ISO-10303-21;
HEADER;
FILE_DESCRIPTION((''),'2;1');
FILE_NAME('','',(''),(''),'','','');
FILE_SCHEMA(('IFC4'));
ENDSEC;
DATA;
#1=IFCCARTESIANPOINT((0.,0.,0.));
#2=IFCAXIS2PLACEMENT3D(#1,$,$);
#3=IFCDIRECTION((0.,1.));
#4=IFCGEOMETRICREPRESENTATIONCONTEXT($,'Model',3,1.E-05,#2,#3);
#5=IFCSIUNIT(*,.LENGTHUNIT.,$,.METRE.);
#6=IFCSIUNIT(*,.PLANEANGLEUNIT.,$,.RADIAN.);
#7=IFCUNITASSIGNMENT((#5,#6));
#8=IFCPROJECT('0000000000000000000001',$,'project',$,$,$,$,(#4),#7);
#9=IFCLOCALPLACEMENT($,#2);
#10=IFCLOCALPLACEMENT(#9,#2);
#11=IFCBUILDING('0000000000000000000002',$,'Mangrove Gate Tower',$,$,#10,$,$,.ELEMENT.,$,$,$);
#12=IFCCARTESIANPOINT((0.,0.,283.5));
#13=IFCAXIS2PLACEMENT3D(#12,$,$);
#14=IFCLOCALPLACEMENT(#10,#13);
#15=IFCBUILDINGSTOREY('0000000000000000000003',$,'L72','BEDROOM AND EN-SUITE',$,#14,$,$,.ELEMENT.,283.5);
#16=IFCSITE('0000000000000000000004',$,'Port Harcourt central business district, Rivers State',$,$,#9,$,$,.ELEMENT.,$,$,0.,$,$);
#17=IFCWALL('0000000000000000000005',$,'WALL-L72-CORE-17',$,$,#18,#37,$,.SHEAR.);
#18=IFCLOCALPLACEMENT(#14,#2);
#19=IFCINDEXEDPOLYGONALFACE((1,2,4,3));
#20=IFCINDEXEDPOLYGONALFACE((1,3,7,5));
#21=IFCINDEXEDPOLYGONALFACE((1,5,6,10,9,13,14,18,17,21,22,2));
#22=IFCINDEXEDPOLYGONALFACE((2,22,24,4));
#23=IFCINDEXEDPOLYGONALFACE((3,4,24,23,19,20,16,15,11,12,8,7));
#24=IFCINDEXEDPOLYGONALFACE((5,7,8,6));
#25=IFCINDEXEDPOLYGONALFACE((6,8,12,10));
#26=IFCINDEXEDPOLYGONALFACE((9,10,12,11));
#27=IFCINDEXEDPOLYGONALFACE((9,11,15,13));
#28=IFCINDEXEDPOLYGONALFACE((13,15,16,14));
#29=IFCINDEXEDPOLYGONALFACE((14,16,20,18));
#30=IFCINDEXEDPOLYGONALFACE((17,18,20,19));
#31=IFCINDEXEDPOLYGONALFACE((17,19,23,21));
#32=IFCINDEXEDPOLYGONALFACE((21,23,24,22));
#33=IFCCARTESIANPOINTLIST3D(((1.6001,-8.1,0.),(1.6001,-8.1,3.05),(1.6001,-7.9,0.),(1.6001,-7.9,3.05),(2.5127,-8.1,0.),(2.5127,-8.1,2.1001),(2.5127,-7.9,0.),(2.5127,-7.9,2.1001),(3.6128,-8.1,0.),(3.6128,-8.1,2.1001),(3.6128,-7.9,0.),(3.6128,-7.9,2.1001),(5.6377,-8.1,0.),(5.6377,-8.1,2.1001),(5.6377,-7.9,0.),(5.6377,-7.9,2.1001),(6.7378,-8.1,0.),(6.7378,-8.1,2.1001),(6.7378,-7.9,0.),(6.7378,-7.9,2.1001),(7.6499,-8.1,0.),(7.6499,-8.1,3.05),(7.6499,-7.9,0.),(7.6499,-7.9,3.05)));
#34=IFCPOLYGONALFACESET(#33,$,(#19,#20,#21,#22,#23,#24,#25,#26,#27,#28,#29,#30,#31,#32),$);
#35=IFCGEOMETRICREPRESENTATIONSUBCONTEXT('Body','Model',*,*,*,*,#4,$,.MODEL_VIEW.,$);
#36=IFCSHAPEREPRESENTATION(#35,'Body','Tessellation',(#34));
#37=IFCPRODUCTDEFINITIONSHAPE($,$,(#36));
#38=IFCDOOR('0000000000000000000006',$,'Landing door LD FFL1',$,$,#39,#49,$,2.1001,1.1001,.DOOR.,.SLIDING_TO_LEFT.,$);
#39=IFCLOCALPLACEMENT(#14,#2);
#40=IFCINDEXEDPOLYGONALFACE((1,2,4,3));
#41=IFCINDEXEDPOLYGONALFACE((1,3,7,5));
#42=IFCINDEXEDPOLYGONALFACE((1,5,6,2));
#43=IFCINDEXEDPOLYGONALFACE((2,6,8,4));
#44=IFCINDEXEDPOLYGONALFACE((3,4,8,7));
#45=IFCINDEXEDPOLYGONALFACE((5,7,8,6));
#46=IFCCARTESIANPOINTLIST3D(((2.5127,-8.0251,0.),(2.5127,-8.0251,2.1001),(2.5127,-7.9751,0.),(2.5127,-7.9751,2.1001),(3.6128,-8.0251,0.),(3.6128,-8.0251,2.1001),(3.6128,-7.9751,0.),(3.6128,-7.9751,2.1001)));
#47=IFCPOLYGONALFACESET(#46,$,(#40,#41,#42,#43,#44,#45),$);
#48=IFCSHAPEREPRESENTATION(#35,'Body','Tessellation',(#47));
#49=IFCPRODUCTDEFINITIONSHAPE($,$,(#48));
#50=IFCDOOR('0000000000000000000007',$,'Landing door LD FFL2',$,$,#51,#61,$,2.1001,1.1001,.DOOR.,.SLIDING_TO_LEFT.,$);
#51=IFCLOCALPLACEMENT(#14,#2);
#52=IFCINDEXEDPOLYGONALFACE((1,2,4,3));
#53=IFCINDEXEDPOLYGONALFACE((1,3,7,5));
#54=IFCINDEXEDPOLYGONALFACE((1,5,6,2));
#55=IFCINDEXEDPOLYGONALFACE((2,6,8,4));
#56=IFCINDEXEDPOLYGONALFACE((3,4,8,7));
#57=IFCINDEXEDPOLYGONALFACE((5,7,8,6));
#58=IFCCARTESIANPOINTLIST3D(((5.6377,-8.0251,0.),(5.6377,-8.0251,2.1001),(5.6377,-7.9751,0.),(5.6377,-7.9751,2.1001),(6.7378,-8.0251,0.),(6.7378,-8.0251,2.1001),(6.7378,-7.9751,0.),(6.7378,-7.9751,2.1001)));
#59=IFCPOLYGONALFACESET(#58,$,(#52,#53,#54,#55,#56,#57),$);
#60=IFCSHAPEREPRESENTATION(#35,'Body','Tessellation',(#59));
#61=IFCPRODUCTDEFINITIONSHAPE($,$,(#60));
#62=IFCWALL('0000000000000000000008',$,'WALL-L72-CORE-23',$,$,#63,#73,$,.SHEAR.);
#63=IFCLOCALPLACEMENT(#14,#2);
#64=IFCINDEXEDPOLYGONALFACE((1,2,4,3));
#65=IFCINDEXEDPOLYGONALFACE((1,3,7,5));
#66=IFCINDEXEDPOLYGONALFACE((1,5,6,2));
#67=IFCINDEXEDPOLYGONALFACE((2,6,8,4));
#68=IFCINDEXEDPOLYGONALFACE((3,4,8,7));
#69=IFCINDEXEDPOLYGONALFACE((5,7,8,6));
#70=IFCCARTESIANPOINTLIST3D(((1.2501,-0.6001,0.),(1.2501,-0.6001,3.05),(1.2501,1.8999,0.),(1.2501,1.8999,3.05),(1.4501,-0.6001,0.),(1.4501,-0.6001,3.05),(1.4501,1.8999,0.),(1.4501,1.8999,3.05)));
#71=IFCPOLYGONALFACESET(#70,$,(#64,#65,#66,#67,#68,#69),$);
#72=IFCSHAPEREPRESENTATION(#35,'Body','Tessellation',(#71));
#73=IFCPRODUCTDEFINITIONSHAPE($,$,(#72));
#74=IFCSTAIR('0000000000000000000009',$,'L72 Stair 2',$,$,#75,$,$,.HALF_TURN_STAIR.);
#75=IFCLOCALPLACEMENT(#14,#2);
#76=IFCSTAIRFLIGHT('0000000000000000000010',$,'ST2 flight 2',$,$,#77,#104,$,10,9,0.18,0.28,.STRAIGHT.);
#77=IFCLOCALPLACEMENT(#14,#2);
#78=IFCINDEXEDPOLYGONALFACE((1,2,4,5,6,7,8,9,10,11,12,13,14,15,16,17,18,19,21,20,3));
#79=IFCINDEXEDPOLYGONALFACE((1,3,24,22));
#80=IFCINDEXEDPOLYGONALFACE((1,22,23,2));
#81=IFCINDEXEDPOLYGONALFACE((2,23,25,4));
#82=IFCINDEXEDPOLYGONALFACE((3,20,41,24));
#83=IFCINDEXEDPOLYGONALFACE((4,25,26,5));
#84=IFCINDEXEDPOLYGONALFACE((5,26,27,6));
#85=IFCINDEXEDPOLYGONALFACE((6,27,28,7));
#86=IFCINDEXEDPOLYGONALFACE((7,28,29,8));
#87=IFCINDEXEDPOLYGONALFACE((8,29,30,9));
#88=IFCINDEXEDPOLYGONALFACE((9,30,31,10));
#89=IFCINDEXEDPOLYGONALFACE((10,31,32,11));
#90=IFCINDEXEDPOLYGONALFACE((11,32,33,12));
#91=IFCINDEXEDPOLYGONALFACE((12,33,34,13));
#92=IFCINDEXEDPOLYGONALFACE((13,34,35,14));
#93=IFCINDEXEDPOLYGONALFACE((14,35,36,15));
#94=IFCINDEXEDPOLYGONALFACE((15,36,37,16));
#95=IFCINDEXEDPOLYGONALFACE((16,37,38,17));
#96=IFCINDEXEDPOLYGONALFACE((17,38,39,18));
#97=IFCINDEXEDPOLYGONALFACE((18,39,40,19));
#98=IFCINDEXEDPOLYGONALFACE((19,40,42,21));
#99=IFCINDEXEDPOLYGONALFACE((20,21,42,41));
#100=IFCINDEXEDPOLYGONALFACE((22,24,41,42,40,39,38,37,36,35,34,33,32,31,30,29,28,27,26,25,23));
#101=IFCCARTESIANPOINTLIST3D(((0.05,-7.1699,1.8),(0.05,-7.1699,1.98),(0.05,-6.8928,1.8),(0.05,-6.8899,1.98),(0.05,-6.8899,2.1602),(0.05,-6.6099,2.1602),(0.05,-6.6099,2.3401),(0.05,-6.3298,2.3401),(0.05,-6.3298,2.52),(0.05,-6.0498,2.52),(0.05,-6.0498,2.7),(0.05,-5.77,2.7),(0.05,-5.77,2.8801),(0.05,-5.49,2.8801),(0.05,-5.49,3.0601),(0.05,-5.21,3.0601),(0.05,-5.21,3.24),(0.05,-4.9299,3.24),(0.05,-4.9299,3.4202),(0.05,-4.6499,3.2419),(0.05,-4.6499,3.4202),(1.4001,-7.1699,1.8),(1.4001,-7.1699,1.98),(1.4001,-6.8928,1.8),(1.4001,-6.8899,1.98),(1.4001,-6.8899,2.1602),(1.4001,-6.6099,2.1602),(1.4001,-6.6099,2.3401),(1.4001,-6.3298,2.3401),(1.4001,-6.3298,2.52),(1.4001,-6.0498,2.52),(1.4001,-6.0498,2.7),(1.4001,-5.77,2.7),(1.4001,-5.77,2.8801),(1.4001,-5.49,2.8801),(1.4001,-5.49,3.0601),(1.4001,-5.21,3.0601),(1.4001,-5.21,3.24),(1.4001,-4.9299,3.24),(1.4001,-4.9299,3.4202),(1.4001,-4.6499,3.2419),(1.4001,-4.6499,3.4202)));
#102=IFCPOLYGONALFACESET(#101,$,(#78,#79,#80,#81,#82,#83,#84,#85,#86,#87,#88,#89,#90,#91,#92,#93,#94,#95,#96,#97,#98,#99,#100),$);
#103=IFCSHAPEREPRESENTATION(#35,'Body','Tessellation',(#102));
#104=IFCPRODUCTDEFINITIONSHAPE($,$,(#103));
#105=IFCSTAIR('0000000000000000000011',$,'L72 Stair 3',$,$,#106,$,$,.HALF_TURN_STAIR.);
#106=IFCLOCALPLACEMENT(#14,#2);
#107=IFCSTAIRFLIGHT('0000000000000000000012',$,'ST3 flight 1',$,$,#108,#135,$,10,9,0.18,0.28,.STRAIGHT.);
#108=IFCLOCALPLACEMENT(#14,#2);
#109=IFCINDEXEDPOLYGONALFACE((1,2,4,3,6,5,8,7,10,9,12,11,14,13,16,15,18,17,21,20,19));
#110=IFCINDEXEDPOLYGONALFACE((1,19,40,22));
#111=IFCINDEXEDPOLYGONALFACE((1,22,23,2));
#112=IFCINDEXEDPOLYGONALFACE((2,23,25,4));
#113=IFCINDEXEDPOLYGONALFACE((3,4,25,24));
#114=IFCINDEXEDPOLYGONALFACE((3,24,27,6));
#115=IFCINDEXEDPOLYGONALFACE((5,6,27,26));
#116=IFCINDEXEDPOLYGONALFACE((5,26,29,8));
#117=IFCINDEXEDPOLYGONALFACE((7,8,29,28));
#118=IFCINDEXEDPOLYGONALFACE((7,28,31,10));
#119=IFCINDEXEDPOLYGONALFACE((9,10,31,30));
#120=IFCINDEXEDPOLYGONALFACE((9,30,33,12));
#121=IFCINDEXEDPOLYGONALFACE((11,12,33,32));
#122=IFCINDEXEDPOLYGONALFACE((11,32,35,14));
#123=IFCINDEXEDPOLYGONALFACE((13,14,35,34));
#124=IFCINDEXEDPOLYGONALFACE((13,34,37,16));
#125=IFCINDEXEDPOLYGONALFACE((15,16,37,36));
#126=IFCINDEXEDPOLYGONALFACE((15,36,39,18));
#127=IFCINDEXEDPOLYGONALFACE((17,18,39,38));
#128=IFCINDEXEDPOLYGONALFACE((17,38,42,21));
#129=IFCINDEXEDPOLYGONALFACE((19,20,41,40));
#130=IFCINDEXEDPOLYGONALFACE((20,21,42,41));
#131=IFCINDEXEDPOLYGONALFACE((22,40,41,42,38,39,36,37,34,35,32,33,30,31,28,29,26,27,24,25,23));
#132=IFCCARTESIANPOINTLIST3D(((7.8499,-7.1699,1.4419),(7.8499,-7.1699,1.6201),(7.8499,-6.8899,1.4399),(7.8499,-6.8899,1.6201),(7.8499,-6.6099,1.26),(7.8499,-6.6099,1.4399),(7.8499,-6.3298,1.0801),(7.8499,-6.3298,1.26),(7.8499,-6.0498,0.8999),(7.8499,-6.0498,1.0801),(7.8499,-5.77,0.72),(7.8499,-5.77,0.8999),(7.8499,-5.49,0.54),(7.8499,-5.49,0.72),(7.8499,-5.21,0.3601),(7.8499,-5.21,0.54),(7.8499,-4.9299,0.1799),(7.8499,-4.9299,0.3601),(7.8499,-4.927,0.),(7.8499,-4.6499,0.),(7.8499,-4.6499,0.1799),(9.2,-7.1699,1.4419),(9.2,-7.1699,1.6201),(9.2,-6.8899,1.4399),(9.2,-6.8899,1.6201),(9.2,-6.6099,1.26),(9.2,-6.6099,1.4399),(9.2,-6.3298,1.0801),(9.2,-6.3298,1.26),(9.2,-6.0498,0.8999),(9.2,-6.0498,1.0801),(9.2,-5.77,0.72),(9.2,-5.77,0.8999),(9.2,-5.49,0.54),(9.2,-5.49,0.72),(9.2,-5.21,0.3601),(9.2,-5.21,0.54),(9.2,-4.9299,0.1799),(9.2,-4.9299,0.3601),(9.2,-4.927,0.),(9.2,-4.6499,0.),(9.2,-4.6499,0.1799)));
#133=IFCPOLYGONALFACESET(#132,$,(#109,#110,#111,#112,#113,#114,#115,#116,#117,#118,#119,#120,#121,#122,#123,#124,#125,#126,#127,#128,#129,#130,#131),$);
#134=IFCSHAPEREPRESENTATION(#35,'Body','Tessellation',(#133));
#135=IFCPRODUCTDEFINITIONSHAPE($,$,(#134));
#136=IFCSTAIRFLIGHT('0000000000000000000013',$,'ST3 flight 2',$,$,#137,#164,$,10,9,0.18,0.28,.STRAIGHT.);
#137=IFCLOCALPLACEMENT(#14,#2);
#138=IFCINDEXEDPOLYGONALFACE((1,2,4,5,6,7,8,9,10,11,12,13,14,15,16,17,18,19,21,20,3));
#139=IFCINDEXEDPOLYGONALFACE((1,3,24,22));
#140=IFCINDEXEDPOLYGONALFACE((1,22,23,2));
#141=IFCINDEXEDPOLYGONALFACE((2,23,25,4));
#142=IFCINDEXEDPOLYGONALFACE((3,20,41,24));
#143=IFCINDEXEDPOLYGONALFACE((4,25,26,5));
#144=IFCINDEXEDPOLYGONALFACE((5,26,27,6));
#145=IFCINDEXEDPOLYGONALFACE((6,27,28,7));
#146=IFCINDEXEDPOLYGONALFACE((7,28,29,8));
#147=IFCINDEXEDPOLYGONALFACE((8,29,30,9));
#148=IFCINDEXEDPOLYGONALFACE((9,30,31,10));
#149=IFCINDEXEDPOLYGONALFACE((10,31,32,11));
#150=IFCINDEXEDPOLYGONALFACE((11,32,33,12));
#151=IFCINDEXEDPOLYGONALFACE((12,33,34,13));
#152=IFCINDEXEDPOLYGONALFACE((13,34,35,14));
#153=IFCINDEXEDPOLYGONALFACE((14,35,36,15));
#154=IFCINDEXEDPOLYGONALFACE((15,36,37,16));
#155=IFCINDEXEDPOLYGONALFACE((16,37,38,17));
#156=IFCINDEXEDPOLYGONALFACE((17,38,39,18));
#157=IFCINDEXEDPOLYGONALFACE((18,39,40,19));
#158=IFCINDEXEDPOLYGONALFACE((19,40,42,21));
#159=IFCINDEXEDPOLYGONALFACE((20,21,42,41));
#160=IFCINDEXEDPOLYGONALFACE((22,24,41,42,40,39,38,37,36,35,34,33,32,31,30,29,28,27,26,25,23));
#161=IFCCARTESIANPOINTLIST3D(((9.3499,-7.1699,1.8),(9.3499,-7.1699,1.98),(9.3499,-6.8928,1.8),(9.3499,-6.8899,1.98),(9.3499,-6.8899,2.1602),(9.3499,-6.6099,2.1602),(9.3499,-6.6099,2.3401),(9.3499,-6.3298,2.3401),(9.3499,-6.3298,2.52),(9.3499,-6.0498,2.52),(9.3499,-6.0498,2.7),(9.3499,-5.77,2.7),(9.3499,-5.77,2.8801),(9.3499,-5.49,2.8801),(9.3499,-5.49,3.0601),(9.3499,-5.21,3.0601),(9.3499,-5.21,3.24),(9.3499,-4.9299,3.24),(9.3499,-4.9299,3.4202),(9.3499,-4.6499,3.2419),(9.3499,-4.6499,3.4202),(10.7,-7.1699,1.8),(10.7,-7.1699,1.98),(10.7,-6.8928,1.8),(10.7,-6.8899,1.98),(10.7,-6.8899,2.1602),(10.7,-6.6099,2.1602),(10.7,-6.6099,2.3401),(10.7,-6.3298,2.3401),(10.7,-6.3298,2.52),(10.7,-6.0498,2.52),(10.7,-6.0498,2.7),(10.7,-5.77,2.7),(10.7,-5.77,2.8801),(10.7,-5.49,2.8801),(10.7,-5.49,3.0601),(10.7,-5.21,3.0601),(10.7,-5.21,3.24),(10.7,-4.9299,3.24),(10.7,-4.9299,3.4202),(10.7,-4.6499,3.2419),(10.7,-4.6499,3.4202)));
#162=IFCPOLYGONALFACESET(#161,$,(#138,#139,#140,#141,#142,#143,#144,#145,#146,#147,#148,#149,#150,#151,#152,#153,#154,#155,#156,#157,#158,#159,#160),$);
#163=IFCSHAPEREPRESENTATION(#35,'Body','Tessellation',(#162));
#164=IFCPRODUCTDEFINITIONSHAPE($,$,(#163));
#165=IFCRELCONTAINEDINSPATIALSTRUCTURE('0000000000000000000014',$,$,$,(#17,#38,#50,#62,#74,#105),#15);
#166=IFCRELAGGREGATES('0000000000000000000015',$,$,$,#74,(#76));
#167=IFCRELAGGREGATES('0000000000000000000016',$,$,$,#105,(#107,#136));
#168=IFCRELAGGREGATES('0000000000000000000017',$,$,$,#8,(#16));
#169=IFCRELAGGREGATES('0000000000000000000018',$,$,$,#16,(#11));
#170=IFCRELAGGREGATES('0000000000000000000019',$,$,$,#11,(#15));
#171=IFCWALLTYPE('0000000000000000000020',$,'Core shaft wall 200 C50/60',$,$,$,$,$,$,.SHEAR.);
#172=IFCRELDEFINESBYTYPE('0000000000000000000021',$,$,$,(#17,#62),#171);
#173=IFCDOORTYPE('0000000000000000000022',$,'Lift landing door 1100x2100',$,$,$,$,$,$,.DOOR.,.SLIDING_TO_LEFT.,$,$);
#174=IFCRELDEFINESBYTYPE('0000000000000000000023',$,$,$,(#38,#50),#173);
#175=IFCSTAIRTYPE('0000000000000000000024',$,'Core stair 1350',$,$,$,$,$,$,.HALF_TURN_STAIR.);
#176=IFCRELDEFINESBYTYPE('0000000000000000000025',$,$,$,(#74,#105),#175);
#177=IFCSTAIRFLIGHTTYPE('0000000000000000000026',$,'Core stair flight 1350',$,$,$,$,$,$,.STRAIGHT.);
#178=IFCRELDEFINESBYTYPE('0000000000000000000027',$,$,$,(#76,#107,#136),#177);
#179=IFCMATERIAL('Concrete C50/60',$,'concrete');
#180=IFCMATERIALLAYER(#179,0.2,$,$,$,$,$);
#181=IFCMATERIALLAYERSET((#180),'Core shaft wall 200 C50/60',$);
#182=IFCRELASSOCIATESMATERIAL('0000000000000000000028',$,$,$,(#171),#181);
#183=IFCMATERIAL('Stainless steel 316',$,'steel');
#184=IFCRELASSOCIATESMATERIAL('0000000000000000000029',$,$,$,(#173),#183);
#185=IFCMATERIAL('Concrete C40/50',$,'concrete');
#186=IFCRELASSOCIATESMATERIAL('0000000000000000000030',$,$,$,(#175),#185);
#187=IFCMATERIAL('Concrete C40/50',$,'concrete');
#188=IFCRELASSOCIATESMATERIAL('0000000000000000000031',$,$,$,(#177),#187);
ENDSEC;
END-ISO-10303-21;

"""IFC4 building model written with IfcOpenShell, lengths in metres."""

from ifc_helpers import new_model, si_unit, direction, frame, frame_2d, origin, place, context, subcontext, project, spatial, polyline, rectangle, outline, extrude, material, layer, layer_set, type_object, element, fill, aggregate, save


model = new_model("IFC4")

# Units and contexts
model_context = context("Model", 3, precision=1e-05, world=origin(), true_north=direction((0.0, 1.0)))
body_context = subcontext(model_context, "Body", "Model", "MODEL_VIEW")
ifc_project = project(units=[si_unit("LENGTHUNIT", "METRE"), si_unit("PLANEANGLEUNIT", "RADIAN")], contexts=[model_context])

# Site, building, storey
site_placement = place(None, origin())
site = spatial("IfcSite", under=ifc_project, at=site_placement, Name="Port Harcourt central business district, Rivers State", CompositionType="ELEMENT", RefElevation=0.0)
building_placement = place(site_placement, origin())
building = spatial("IfcBuilding", under=site, at=building_placement, Name="Mangrove Gate Tower", CompositionType="ELEMENT")
storey_placement = place(building_placement, frame((0.0, 0.0, 283.5)))
storey = spatial("IfcBuildingStorey", under=building, at=storey_placement, Name="L72", Description="BEDROOM AND EN-SUITE", CompositionType="ELEMENT", Elevation=283.5)

# Wall, openings, doors
ifc_material_1 = material(Name="Concrete C50/60", Category="concrete")
ifc_layer_1 = layer(ifc_material_1, 0.2)
ifc_layer_set_1 = layer_set([ifc_layer_1], Name="Core shaft wall 200 C50/60")
wall_type_1 = type_object("IfcWallType", Name="Core shaft wall 200 C50/60", PredefinedType="SHEAR", material=ifc_layer_set_1)
wall_1_placement = place(storey_placement, frame((1.6001, -8.0, 0.0), z_axis=(0.0, 0.0, 1.0), x_axis=(1.0, 0.0, 0.0)))
wall_1 = element("IfcWall", 1, at=wall_1_placement, inside=storey, type_object=wall_type_1, Name="WALL-L72-CORE-17", PredefinedType="SHEAR", context=body_context, shape_type="SweptSolid", body=[
    extrude(rectangle(XDim=6.0498, YDim=0.2, at=frame_2d((3.0249, 0.0))), origin(), (0.0, 0.0, 1.0), 3.05),
])
opening_1_placement = place(wall_1_placement, frame((0.9126, 0.0, 0.0)))
opening_1 = element("IfcOpeningElement", 2, at=opening_1_placement, cuts=wall_1, PredefinedType="OPENING", context=body_context, shape_type="SweptSolid", body=[
    extrude(rectangle(XDim=1.1001, YDim=2.1001, at=frame_2d((0.55, 1.05))), frame((0.0, 0.1099, 0.0), z_axis=(0.0, -1.0, 0.0), x_axis=(1.0, 0.0, 0.0)), (0.0, 0.0, 1.0), 0.22),
])
opening_2_placement = place(wall_1_placement, frame((4.0376, 0.0, 0.0)))
opening_2 = element("IfcOpeningElement", 3, at=opening_2_placement, cuts=wall_1, PredefinedType="OPENING", context=body_context, shape_type="SweptSolid", body=[
    extrude(rectangle(XDim=1.1001, YDim=2.1001, at=frame_2d((0.55, 1.05))), frame((0.0, 0.1099, 0.0), z_axis=(0.0, -1.0, 0.0), x_axis=(1.0, 0.0, 0.0)), (0.0, 0.0, 1.0), 0.22),
])
ifc_material_2 = material(Name="Stainless steel 316", Category="steel")
door_type_1 = type_object("IfcDoorType", Name="Lift landing door 1100x2100", OperationType="SLIDING_TO_LEFT", PredefinedType="DOOR", material=ifc_material_2)
door_1_placement = place(opening_1_placement, origin())
door_1 = element("IfcDoor", 4, at=door_1_placement, inside=storey, type_object=door_type_1, Name="Landing door LD FFL1", OperationType="SLIDING_TO_LEFT", OverallHeight=2.1001, OverallWidth=1.1001, PredefinedType="DOOR", context=body_context, shape_type="SweptSolid", body=[
    extrude(rectangle(XDim=1.1001, YDim=2.1001, at=frame_2d((0.55, 1.05))), frame((0.0, 0.0249, 0.0), z_axis=(0.0, -1.0, 0.0), x_axis=(1.0, 0.0, 0.0)), (0.0, 0.0, 1.0), 0.05),
])
fill(opening_1, door_1)
door_2_placement = place(opening_2_placement, origin())
door_2 = element("IfcDoor", 5, at=door_2_placement, inside=storey, type_object=door_type_1, Name="Landing door LD FFL2", OperationType="SLIDING_TO_LEFT", OverallHeight=2.1001, OverallWidth=1.1001, PredefinedType="DOOR", context=body_context, shape_type="SweptSolid", body=[
    extrude(rectangle(XDim=1.1001, YDim=2.1001, at=frame_2d((0.55, 1.05))), frame((0.0, 0.0249, 0.0), z_axis=(0.0, -1.0, 0.0), x_axis=(1.0, 0.0, 0.0)), (0.0, 0.0, 1.0), 0.05),
])
fill(opening_2, door_2)

# Wall
wall_2_placement = place(storey_placement, frame((1.3501, -0.6001, 0.0), z_axis=(0.0, 0.0, 1.0), x_axis=(0.0, 1.0, 0.0)))
element("IfcWall", 6, at=wall_2_placement, inside=storey, type_object=wall_type_1, Name="WALL-L72-CORE-23", PredefinedType="SHEAR", context=body_context, shape_type="SweptSolid", body=[
    extrude(rectangle(XDim=2.5, YDim=0.2, at=frame_2d((1.25, 0.0))), origin(), (0.0, 0.0, 1.0), 3.05),
])

# Stair, stair flight
ifc_material_3 = material(Name="Concrete C40/50", Category="concrete")
stair_type = type_object("IfcStairType", Name="Core stair 1350", PredefinedType="HALF_TURN_STAIR", material=ifc_material_3)
stair_1_placement = place(storey_placement, origin())
stair_1 = element("IfcStair", 7, at=stair_1_placement, inside=storey, type_object=stair_type, Name="L72 Stair 2", PredefinedType="HALF_TURN_STAIR")
ifc_material_4 = material(Name="Concrete C40/50", Category="concrete")
stair_flight_type = type_object("IfcStairFlightType", Name="Core stair flight 1350", PredefinedType="STRAIGHT", material=ifc_material_4)
stair_flight_1_placement = place(storey_placement, frame((0.7251, -7.1699, 1.8), z_axis=(0.0, 0.0, 1.0), x_axis=(0.0, 1.0, 0.0)))
stair_flight_1 = element("IfcStairFlight", 8, at=stair_flight_1_placement, type_object=stair_flight_type, Name="ST2 flight 2", NumberOfRisers=10, NumberOfTreads=9, PredefinedType="STRAIGHT", RiserHeight=0.18, TreadLength=0.28, context=body_context, shape_type="SweptSolid", body=[
    extrude(outline(polyline([(0.0, 0.0), (0.0, 0.1799), (0.28, 0.1799), (0.28, 0.3601), (0.5601, 0.3601), (0.5601, 0.54), (0.8401, 0.54), (0.8401, 0.72), (1.1201, 0.72), (1.1201, 0.8999), (1.3999, 0.8999), (1.3999, 1.0801), (1.6799, 1.0801), (1.6799, 1.26), (1.96, 1.26), (1.96, 1.4399), (2.24, 1.4399), (2.24, 1.6201), (2.52, 1.6201), (2.52, 1.8), (2.52, 1.4419), (0.2771, 0.0), (0.0, 0.0)])), frame((0.0, 0.675, 0.0), z_axis=(0.0, -1.0, 0.0), x_axis=(1.0, 0.0, 0.0)), (0.0, 0.0, 1.0), 1.3501),
])
aggregate(stair_1, [stair_flight_1])

# Stair, stair flights
stair_2_placement = place(storey_placement, origin())
stair_2 = element("IfcStair", 9, at=stair_2_placement, inside=storey, type_object=stair_type, Name="L72 Stair 3", PredefinedType="HALF_TURN_STAIR")
stair_flight_2_placement = place(storey_placement, frame((8.5249, -4.6499, 0.0), z_axis=(0.0, 0.0, 1.0), x_axis=(0.0, -1.0, 0.0)))
stair_flight_2 = element("IfcStairFlight", 10, at=stair_flight_2_placement, type_object=stair_flight_type, Name="ST3 flight 1", NumberOfRisers=10, NumberOfTreads=9, PredefinedType="STRAIGHT", RiserHeight=0.18, TreadLength=0.28, context=body_context, shape_type="SweptSolid", body=[
    extrude(outline(polyline([(0.0, 0.0), (0.0, 0.1799), (0.28, 0.1799), (0.28, 0.3601), (0.5601, 0.3601), (0.5601, 0.54), (0.8401, 0.54), (0.8401, 0.72), (1.1201, 0.72), (1.1201, 0.8999), (1.3999, 0.8999), (1.3999, 1.0801), (1.6799, 1.0801), (1.6799, 1.26), (1.96, 1.26), (1.96, 1.4399), (2.24, 1.4399), (2.24, 1.6201), (2.52, 1.6201), (2.52, 1.8), (2.52, 1.4419), (0.2771, 0.0), (0.0, 0.0)])), frame((0.0, 0.675, 0.0), z_axis=(0.0, -1.0, 0.0), x_axis=(1.0, 0.0, 0.0)), (0.0, 0.0, 1.0), 1.3501),
])
stair_flight_3_placement = place(storey_placement, frame((10.0249, -7.1699, 1.8), z_axis=(0.0, 0.0, 1.0), x_axis=(0.0, 1.0, 0.0)))
stair_flight_3 = element("IfcStairFlight", 11, at=stair_flight_3_placement, type_object=stair_flight_type, Name="ST3 flight 2", NumberOfRisers=10, NumberOfTreads=9, PredefinedType="STRAIGHT", RiserHeight=0.18, TreadLength=0.28, context=body_context, shape_type="SweptSolid", body=[
    extrude(outline(polyline([(0.0, 0.0), (0.0, 0.1799), (0.28, 0.1799), (0.28, 0.3601), (0.5601, 0.3601), (0.5601, 0.54), (0.8401, 0.54), (0.8401, 0.72), (1.1201, 0.72), (1.1201, 0.8999), (1.3999, 0.8999), (1.3999, 1.0801), (1.6799, 1.0801), (1.6799, 1.26), (1.96, 1.26), (1.96, 1.4399), (2.24, 1.4399), (2.24, 1.6201), (2.52, 1.6201), (2.52, 1.8), (2.52, 1.4419), (0.2771, 0.0), (0.0, 0.0)])), frame((0.0, 0.675, 0.0), z_axis=(0.0, -1.0, 0.0), x_axis=(1.0, 0.0, 0.0)), (0.0, 0.0, 1.0), 1.3501),
])
aggregate(stair_2, [stair_flight_2, stair_flight_3])

save(model, "model.ifc")
